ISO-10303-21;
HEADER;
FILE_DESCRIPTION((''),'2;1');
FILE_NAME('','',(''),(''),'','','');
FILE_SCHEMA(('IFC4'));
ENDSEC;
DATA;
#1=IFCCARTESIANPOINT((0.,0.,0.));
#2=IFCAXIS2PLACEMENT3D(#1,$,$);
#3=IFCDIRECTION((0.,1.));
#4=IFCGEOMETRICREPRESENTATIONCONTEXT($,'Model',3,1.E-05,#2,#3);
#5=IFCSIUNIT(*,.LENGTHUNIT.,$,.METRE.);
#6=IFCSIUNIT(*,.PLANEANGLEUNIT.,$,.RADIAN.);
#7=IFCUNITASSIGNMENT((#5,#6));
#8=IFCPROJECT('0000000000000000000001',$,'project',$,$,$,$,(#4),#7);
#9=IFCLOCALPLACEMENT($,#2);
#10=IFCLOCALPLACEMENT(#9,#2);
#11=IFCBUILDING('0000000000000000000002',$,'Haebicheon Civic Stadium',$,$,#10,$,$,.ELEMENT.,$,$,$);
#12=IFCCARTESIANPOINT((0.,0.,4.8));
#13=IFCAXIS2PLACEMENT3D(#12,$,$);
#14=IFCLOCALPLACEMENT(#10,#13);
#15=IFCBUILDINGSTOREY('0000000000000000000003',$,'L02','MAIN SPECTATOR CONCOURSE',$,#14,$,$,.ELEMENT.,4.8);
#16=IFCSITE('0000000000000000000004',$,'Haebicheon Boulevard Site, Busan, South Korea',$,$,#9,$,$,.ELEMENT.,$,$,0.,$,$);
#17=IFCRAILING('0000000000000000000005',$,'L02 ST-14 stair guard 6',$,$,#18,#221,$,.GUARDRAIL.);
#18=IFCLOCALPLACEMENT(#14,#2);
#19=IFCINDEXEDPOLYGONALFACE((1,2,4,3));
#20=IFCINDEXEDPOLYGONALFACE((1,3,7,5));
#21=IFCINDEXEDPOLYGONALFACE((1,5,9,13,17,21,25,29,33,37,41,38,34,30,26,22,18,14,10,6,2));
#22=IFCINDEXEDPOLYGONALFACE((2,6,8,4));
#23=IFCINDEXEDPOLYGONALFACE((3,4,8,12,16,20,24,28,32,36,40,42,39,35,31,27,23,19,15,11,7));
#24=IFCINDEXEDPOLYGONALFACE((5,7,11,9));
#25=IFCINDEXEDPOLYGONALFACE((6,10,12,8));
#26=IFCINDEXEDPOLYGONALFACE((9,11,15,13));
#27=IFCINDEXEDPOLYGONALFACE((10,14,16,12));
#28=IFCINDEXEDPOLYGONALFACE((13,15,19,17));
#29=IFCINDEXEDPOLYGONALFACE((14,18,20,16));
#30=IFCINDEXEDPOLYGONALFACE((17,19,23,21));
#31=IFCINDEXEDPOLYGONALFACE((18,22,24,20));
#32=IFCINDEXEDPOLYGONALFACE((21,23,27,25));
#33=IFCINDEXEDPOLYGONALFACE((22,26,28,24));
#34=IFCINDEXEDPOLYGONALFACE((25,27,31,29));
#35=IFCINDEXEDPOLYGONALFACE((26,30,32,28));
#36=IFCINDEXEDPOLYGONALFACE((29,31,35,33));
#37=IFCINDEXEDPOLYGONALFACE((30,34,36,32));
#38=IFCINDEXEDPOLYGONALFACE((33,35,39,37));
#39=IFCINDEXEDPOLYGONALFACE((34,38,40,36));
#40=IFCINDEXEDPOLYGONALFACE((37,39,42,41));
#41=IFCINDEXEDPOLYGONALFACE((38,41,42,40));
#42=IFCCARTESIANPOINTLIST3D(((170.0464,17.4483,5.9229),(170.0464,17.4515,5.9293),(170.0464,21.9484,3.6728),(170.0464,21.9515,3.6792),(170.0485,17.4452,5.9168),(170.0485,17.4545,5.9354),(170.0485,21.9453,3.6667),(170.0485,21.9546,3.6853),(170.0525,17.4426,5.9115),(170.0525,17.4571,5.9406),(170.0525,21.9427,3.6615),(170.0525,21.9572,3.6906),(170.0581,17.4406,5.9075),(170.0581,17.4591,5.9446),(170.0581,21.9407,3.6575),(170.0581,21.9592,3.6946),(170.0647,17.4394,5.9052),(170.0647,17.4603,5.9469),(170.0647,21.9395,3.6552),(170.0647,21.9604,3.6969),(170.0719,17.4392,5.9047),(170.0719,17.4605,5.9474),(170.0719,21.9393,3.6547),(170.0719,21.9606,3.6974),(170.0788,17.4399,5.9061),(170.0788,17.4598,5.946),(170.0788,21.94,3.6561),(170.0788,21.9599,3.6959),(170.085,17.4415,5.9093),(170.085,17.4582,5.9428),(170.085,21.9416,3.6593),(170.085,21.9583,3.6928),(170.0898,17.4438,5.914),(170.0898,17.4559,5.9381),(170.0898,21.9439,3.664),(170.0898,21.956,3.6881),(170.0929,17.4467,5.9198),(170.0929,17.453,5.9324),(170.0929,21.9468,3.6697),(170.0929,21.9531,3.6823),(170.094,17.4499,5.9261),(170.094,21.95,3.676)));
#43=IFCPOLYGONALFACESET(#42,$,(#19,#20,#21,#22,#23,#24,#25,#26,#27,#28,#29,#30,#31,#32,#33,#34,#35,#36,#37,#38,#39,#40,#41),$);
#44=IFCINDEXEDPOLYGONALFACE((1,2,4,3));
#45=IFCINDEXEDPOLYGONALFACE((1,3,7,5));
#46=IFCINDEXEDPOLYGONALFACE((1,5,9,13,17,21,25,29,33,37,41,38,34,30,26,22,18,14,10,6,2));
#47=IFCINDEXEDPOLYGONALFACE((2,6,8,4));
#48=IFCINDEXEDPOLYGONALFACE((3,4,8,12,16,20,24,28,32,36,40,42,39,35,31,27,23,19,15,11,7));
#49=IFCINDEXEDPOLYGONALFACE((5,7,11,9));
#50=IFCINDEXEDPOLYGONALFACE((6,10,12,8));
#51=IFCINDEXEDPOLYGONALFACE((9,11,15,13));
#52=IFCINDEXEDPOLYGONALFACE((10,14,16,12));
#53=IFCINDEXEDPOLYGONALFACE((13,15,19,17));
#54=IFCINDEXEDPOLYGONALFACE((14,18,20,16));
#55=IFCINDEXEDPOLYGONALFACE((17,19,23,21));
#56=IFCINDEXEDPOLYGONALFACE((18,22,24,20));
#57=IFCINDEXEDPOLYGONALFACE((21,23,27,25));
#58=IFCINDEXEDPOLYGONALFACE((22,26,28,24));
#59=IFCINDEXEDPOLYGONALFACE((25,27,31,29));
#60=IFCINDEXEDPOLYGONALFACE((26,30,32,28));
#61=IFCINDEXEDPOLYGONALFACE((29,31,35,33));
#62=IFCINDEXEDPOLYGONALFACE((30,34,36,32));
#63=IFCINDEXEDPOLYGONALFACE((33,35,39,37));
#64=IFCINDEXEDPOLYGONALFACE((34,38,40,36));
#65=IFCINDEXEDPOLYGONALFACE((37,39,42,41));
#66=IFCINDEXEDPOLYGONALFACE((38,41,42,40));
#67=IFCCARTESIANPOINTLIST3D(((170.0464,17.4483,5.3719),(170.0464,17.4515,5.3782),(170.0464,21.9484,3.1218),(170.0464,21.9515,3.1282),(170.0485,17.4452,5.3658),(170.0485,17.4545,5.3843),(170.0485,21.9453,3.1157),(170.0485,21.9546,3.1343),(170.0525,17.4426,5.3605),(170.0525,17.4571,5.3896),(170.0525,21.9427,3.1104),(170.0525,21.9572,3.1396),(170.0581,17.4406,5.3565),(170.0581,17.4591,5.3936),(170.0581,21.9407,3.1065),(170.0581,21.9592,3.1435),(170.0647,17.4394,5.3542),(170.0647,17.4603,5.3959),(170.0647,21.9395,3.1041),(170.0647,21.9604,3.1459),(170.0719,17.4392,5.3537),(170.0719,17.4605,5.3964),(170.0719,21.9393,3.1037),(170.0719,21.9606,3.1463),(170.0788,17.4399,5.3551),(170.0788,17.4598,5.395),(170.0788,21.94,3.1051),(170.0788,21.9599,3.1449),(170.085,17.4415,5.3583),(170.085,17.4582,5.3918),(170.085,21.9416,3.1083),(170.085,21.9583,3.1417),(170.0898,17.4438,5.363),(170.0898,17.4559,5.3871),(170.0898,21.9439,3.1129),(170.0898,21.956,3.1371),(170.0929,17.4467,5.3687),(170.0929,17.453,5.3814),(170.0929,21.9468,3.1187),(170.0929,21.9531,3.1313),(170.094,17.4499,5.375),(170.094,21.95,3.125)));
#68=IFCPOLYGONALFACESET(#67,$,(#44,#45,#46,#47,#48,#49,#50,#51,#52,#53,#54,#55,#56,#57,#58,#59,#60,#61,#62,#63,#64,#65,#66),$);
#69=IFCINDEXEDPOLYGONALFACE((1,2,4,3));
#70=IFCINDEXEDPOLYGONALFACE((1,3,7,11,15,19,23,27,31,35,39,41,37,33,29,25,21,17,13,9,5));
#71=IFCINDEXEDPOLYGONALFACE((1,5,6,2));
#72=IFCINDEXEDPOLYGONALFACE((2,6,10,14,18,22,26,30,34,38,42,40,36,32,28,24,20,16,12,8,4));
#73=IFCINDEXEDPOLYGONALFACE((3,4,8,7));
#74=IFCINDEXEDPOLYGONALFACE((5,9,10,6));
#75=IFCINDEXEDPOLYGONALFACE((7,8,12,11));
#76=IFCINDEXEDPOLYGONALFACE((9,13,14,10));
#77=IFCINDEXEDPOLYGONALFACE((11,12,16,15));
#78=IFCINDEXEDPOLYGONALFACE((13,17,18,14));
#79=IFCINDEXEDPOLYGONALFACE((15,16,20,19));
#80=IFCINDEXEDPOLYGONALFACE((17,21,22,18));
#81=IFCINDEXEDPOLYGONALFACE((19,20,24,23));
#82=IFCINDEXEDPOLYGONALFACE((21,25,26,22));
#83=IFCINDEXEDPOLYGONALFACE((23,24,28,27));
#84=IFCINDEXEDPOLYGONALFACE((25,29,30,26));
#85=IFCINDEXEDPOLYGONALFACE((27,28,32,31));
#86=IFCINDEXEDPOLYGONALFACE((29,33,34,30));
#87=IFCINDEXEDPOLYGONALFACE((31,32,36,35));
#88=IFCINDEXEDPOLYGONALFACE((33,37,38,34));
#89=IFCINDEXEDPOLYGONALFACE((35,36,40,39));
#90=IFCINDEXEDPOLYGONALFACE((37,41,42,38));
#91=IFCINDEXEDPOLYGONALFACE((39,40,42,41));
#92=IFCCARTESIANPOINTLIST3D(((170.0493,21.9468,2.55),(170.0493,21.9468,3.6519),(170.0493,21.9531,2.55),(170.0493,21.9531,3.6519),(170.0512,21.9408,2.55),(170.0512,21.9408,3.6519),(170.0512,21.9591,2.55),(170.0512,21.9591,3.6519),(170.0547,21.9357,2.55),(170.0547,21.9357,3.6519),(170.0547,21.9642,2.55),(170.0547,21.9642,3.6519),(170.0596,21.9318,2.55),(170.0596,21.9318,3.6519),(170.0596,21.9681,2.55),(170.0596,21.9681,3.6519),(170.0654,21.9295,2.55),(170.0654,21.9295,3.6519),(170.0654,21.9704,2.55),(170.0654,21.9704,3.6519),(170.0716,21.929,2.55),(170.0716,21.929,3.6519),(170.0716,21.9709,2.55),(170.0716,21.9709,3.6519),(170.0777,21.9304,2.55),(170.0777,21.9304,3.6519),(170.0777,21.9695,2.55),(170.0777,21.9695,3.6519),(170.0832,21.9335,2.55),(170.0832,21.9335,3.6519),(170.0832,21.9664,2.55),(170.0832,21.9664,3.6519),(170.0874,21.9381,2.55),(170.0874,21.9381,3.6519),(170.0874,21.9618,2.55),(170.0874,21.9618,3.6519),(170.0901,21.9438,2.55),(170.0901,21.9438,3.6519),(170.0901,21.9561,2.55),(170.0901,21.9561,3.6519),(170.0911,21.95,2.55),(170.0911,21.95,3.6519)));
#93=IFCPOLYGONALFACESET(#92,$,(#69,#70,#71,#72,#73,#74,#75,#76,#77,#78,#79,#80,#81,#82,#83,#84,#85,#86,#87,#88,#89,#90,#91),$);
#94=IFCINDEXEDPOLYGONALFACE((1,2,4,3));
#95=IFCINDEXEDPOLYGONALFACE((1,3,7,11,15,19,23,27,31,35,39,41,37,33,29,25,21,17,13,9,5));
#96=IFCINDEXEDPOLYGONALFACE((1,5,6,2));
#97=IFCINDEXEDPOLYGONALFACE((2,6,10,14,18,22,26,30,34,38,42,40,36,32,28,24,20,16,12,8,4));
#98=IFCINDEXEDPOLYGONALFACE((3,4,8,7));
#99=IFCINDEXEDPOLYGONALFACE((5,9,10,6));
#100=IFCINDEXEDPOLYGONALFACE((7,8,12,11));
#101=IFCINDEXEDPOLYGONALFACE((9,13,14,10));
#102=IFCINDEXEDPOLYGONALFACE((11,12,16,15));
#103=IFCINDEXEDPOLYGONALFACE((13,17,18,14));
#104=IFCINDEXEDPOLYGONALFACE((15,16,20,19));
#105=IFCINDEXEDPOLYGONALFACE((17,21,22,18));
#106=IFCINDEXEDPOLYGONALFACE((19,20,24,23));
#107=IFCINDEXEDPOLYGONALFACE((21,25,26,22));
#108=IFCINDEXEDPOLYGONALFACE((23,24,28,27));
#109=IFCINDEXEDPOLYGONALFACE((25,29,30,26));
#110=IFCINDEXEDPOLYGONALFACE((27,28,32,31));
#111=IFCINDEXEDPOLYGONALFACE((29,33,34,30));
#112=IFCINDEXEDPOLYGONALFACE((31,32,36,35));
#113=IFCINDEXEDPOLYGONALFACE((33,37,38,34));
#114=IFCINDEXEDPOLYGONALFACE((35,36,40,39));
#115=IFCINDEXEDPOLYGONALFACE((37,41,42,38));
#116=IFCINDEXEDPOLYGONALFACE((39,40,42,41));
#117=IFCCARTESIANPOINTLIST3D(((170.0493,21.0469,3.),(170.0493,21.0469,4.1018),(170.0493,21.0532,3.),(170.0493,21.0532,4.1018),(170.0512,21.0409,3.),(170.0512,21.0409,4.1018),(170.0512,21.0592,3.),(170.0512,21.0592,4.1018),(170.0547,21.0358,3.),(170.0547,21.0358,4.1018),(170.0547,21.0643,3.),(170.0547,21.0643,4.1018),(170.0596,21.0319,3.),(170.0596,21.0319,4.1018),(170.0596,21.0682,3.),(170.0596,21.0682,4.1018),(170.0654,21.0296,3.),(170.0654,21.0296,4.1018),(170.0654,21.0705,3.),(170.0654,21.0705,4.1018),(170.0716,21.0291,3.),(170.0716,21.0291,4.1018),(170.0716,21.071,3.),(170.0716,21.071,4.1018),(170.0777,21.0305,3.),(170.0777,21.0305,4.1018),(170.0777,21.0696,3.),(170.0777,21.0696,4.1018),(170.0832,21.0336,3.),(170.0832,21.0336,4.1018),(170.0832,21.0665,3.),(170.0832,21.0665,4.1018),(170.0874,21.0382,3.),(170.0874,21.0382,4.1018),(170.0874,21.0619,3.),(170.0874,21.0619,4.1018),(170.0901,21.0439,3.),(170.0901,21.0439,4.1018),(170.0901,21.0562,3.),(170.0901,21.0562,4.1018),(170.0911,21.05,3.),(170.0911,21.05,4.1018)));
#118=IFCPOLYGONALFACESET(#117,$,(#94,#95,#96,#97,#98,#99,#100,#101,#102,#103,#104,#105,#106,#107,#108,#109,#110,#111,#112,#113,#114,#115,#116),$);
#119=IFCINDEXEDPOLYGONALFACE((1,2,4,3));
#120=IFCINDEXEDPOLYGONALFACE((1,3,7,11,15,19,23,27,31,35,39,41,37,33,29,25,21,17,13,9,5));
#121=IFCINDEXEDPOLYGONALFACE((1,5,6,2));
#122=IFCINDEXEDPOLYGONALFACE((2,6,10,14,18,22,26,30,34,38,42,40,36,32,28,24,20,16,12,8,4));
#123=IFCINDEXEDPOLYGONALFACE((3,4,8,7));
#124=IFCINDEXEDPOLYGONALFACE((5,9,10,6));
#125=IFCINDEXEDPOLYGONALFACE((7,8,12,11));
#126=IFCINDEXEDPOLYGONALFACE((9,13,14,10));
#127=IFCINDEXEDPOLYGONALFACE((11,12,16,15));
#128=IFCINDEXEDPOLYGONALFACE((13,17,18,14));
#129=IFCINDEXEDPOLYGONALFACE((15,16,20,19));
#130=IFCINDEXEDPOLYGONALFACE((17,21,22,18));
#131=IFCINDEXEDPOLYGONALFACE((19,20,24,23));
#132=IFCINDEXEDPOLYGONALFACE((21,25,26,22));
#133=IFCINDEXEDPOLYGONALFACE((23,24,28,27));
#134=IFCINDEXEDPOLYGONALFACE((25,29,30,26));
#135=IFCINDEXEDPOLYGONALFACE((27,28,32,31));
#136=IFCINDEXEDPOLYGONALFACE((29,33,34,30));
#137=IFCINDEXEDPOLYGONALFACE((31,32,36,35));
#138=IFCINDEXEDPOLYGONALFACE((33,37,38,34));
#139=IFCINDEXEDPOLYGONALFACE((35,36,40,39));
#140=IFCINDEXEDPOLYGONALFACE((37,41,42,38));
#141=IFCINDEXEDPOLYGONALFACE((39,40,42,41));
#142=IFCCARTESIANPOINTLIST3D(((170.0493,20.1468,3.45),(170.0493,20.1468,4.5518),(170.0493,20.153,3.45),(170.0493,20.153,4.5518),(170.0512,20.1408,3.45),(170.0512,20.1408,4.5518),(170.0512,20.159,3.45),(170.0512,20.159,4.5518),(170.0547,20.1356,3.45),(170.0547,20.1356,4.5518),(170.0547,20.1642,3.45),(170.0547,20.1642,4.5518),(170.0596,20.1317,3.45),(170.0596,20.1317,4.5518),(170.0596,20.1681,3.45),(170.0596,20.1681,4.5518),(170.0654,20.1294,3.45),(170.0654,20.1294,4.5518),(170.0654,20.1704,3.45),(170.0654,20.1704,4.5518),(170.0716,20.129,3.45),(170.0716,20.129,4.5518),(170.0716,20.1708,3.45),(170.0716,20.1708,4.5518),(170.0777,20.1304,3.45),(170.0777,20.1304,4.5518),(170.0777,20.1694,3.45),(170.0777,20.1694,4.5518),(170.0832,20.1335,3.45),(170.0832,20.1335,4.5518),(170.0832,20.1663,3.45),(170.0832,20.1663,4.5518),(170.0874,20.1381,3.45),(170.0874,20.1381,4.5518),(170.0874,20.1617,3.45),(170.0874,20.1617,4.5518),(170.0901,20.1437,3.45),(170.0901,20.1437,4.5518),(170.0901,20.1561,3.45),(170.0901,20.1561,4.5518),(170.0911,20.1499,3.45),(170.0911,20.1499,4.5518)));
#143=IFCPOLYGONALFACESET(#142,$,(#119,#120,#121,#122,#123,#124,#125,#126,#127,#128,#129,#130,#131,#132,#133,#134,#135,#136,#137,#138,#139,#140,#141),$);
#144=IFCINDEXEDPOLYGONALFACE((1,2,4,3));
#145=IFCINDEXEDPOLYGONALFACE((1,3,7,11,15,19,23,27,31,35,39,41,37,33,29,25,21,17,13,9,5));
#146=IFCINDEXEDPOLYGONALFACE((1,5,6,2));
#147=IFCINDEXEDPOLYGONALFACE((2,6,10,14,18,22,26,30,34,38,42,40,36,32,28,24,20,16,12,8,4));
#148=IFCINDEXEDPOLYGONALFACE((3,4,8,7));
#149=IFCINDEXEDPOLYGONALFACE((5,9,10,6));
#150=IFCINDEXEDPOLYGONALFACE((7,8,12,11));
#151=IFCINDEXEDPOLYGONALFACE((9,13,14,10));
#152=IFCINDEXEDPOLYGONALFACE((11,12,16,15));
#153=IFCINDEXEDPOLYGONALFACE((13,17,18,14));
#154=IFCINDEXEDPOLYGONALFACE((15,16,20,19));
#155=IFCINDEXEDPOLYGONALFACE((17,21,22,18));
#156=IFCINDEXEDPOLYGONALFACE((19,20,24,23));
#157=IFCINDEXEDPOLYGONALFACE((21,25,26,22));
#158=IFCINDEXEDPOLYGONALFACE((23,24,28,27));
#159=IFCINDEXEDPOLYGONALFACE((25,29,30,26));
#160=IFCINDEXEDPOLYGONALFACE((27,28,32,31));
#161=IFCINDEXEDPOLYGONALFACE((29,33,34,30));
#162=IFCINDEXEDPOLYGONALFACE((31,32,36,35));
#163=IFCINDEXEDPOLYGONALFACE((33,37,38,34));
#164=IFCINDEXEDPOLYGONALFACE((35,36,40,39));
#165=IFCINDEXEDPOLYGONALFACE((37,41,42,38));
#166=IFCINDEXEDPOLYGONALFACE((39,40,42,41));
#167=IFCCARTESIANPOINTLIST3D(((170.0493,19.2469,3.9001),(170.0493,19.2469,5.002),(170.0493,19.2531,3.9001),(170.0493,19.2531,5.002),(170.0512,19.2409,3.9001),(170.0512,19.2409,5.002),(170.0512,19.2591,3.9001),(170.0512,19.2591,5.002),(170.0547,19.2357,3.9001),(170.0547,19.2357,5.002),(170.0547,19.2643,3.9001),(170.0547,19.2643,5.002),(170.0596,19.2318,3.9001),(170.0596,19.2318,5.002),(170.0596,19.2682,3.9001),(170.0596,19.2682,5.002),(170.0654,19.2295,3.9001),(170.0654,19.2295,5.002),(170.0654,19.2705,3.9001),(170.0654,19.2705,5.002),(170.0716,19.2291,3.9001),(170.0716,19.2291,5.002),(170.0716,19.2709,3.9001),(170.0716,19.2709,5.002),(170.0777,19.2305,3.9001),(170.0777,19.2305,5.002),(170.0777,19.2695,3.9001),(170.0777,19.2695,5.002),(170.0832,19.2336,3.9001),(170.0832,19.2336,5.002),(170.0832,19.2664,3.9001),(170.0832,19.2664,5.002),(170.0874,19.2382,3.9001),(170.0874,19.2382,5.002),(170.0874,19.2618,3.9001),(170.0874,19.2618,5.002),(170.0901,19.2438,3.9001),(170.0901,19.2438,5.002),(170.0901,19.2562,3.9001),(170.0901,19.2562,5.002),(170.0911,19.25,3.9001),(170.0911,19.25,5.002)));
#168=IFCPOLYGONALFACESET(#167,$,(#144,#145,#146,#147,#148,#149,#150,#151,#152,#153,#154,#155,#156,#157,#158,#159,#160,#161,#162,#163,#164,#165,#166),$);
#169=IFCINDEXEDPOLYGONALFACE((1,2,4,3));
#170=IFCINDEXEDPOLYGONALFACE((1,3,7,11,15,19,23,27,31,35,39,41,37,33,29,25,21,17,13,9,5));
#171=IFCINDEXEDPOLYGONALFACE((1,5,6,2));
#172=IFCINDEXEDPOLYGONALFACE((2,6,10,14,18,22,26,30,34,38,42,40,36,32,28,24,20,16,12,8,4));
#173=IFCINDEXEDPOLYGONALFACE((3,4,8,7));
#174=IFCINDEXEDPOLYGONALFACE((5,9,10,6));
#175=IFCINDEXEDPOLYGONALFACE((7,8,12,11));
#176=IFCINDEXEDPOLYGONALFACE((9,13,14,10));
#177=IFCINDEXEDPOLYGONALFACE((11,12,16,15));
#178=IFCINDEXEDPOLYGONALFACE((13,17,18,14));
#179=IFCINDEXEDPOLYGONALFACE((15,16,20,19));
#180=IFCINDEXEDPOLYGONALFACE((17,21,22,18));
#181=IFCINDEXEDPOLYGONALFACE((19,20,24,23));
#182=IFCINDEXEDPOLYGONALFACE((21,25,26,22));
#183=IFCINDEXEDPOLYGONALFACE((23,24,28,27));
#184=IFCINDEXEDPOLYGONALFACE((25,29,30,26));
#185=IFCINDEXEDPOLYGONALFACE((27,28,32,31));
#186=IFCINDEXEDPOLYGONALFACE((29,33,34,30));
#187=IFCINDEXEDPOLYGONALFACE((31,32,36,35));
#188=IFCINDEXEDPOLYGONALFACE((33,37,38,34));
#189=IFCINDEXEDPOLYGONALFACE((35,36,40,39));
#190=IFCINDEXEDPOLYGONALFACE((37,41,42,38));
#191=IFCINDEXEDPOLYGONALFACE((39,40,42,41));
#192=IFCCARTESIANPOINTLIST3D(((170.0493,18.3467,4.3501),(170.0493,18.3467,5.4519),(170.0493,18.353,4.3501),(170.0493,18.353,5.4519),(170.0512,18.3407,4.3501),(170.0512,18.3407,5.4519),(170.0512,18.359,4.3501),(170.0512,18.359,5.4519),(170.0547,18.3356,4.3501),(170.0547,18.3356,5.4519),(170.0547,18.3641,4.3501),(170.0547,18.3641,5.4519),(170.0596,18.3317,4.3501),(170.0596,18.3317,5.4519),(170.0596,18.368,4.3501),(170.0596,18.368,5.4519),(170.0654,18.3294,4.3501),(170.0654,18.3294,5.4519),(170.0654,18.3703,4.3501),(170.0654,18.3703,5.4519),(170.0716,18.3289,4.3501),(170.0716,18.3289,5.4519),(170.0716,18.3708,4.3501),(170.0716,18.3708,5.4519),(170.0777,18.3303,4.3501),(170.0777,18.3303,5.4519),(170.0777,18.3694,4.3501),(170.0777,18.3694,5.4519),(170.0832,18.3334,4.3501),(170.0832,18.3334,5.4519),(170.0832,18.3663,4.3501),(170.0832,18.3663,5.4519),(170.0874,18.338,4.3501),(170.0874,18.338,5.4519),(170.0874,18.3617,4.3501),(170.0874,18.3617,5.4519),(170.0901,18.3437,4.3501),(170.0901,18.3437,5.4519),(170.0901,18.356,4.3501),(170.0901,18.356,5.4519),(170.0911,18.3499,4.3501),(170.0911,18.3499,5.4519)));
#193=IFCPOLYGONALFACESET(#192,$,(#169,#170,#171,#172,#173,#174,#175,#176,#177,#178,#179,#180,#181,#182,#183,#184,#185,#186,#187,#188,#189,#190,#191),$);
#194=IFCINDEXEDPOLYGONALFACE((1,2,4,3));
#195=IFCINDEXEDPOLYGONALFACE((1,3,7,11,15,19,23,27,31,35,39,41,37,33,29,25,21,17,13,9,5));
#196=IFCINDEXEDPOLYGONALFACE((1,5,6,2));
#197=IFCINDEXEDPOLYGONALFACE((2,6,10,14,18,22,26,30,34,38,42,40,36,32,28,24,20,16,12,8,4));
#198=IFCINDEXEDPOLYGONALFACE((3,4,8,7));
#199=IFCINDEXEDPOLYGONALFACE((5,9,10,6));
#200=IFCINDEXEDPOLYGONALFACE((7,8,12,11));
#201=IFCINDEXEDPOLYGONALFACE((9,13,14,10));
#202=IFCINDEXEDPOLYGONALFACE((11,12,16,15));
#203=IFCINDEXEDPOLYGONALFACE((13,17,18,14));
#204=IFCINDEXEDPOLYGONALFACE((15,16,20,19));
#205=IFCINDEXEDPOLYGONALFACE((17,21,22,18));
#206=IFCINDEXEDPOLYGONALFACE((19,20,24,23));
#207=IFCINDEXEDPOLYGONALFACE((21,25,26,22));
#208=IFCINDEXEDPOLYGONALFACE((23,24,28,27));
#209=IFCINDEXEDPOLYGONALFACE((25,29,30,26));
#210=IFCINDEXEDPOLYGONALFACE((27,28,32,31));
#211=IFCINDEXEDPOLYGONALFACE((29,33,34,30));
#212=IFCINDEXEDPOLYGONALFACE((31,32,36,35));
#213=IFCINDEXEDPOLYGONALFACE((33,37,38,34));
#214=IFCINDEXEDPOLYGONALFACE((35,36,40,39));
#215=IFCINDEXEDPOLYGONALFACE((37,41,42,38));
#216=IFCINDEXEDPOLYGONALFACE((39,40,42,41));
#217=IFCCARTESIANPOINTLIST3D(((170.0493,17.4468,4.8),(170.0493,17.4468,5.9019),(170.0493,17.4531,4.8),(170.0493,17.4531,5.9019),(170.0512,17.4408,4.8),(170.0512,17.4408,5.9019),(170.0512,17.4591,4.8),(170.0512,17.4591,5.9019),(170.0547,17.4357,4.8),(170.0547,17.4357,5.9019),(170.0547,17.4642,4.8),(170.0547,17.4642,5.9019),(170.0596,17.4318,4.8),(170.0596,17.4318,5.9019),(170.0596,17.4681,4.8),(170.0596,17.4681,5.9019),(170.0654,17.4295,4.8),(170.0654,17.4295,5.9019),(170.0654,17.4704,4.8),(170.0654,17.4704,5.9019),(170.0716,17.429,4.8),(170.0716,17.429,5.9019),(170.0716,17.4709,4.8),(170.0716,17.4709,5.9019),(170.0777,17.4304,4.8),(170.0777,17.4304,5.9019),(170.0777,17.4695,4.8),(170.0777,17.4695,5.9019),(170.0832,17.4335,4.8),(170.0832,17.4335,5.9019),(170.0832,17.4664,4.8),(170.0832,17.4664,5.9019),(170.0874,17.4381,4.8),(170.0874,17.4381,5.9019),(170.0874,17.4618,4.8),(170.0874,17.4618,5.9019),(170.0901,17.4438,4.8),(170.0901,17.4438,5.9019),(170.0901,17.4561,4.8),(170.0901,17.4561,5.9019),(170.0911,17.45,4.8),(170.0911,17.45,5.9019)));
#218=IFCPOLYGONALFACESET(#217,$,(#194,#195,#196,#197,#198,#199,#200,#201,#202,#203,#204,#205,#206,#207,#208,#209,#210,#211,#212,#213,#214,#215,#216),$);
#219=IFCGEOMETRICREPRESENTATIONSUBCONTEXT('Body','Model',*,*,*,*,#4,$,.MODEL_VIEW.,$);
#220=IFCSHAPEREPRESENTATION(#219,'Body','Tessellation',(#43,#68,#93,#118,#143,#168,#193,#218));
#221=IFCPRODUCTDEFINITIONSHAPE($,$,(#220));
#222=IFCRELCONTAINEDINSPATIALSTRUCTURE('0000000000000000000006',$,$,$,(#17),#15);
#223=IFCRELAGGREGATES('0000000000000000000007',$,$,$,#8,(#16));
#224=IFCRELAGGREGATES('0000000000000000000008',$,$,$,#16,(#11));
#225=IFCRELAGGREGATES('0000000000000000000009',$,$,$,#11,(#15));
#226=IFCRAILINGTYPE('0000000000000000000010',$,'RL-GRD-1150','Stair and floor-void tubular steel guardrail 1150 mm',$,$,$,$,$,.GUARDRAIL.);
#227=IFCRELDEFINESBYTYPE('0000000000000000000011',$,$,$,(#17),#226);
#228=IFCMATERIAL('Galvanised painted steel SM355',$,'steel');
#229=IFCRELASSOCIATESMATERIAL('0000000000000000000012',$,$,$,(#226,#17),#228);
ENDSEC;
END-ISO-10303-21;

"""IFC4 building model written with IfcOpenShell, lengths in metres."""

from ifc_helpers import new_model, si_unit, direction, frame, origin, origin_2d, place, context, subcontext, project, spatial, circle, extrude, material, type_object, element, save


model = new_model("IFC4")

# Units and contexts
model_context = context("Model", 3, precision=1e-05, world=origin(), true_north=direction((0.0, 1.0)))
body_context = subcontext(model_context, "Body", "Model", "MODEL_VIEW")
ifc_project = project(units=[si_unit("LENGTHUNIT", "METRE"), si_unit("PLANEANGLEUNIT", "RADIAN")], contexts=[model_context])

# Site, building, storey
site_placement = place(None, origin())
site = spatial("IfcSite", under=ifc_project, at=site_placement, Name="Haebicheon Boulevard Site, Busan, South Korea", CompositionType="ELEMENT", RefElevation=0.0)
building_placement = place(site_placement, origin())
building = spatial("IfcBuilding", under=site, at=building_placement, Name="Haebicheon Civic Stadium", CompositionType="ELEMENT")
storey_placement = place(building_placement, frame((0.0, 0.0, 4.8)))
storey = spatial("IfcBuildingStorey", under=building, at=storey_placement, Name="L02", Description="MAIN SPECTATOR CONCOURSE", CompositionType="ELEMENT", Elevation=4.8)

# Railing
ifc_material_1 = material(Name="Galvanised painted steel SM355", Category="steel")
railing_type_1 = type_object("IfcRailingType", Name="RL-GRD-1150", Description="Stair and floor-void tubular steel guardrail 1150 mm", PredefinedType="GUARDRAIL", material=ifc_material_1)
railing_1_placement = place(storey_placement, frame((170.0701, 21.95, 2.55)))
element("IfcRailing", 1, at=railing_1_placement, inside=storey, type_object=railing_type_1, material=ifc_material_1, Name="L02 ST-14 stair guard 6", PredefinedType="GUARDRAIL", context=body_context, shape_type="SweptSolid", body=[
    extrude(circle(Radius=0.0239, at=origin_2d()), frame((0.0, 0.0, 1.126), z_axis=(0.0, -0.894427, 0.447214), x_axis=(1.0, 0.0, 0.0)), (0.0, 0.0, 1.0), 5.0312),
    extrude(circle(Radius=0.0239, at=origin_2d()), frame((0.0, 0.0, 0.575), z_axis=(0.0, -0.894427, 0.447214), x_axis=(1.0, 0.0, 0.0)), (0.0, 0.0, 1.0), 5.0312),
    extrude(circle(Radius=0.021, at=origin_2d()), origin(), (0.0, 0.0, 1.0), 1.1018),
    extrude(circle(Radius=0.021, at=origin_2d()), frame((0.0, -0.8999, 0.45)), (0.0, 0.0, 1.0), 1.1018),
    extrude(circle(Radius=0.021, at=origin_2d()), frame((0.0, -1.8, 0.8999)), (0.0, 0.0, 1.0), 1.1018),
    extrude(circle(Radius=0.021, at=origin_2d()), frame((0.0, -2.7, 1.3501)), (0.0, 0.0, 1.0), 1.1018),
    extrude(circle(Radius=0.021, at=origin_2d()), frame((0.0, -3.6001, 1.8)), (0.0, 0.0, 1.0), 1.1018),
    extrude(circle(Radius=0.021, at=origin_2d()), frame((0.0, -4.5, 2.25)), (0.0, 0.0, 1.0), 1.1018),
])

save(model, "model.ifc")
